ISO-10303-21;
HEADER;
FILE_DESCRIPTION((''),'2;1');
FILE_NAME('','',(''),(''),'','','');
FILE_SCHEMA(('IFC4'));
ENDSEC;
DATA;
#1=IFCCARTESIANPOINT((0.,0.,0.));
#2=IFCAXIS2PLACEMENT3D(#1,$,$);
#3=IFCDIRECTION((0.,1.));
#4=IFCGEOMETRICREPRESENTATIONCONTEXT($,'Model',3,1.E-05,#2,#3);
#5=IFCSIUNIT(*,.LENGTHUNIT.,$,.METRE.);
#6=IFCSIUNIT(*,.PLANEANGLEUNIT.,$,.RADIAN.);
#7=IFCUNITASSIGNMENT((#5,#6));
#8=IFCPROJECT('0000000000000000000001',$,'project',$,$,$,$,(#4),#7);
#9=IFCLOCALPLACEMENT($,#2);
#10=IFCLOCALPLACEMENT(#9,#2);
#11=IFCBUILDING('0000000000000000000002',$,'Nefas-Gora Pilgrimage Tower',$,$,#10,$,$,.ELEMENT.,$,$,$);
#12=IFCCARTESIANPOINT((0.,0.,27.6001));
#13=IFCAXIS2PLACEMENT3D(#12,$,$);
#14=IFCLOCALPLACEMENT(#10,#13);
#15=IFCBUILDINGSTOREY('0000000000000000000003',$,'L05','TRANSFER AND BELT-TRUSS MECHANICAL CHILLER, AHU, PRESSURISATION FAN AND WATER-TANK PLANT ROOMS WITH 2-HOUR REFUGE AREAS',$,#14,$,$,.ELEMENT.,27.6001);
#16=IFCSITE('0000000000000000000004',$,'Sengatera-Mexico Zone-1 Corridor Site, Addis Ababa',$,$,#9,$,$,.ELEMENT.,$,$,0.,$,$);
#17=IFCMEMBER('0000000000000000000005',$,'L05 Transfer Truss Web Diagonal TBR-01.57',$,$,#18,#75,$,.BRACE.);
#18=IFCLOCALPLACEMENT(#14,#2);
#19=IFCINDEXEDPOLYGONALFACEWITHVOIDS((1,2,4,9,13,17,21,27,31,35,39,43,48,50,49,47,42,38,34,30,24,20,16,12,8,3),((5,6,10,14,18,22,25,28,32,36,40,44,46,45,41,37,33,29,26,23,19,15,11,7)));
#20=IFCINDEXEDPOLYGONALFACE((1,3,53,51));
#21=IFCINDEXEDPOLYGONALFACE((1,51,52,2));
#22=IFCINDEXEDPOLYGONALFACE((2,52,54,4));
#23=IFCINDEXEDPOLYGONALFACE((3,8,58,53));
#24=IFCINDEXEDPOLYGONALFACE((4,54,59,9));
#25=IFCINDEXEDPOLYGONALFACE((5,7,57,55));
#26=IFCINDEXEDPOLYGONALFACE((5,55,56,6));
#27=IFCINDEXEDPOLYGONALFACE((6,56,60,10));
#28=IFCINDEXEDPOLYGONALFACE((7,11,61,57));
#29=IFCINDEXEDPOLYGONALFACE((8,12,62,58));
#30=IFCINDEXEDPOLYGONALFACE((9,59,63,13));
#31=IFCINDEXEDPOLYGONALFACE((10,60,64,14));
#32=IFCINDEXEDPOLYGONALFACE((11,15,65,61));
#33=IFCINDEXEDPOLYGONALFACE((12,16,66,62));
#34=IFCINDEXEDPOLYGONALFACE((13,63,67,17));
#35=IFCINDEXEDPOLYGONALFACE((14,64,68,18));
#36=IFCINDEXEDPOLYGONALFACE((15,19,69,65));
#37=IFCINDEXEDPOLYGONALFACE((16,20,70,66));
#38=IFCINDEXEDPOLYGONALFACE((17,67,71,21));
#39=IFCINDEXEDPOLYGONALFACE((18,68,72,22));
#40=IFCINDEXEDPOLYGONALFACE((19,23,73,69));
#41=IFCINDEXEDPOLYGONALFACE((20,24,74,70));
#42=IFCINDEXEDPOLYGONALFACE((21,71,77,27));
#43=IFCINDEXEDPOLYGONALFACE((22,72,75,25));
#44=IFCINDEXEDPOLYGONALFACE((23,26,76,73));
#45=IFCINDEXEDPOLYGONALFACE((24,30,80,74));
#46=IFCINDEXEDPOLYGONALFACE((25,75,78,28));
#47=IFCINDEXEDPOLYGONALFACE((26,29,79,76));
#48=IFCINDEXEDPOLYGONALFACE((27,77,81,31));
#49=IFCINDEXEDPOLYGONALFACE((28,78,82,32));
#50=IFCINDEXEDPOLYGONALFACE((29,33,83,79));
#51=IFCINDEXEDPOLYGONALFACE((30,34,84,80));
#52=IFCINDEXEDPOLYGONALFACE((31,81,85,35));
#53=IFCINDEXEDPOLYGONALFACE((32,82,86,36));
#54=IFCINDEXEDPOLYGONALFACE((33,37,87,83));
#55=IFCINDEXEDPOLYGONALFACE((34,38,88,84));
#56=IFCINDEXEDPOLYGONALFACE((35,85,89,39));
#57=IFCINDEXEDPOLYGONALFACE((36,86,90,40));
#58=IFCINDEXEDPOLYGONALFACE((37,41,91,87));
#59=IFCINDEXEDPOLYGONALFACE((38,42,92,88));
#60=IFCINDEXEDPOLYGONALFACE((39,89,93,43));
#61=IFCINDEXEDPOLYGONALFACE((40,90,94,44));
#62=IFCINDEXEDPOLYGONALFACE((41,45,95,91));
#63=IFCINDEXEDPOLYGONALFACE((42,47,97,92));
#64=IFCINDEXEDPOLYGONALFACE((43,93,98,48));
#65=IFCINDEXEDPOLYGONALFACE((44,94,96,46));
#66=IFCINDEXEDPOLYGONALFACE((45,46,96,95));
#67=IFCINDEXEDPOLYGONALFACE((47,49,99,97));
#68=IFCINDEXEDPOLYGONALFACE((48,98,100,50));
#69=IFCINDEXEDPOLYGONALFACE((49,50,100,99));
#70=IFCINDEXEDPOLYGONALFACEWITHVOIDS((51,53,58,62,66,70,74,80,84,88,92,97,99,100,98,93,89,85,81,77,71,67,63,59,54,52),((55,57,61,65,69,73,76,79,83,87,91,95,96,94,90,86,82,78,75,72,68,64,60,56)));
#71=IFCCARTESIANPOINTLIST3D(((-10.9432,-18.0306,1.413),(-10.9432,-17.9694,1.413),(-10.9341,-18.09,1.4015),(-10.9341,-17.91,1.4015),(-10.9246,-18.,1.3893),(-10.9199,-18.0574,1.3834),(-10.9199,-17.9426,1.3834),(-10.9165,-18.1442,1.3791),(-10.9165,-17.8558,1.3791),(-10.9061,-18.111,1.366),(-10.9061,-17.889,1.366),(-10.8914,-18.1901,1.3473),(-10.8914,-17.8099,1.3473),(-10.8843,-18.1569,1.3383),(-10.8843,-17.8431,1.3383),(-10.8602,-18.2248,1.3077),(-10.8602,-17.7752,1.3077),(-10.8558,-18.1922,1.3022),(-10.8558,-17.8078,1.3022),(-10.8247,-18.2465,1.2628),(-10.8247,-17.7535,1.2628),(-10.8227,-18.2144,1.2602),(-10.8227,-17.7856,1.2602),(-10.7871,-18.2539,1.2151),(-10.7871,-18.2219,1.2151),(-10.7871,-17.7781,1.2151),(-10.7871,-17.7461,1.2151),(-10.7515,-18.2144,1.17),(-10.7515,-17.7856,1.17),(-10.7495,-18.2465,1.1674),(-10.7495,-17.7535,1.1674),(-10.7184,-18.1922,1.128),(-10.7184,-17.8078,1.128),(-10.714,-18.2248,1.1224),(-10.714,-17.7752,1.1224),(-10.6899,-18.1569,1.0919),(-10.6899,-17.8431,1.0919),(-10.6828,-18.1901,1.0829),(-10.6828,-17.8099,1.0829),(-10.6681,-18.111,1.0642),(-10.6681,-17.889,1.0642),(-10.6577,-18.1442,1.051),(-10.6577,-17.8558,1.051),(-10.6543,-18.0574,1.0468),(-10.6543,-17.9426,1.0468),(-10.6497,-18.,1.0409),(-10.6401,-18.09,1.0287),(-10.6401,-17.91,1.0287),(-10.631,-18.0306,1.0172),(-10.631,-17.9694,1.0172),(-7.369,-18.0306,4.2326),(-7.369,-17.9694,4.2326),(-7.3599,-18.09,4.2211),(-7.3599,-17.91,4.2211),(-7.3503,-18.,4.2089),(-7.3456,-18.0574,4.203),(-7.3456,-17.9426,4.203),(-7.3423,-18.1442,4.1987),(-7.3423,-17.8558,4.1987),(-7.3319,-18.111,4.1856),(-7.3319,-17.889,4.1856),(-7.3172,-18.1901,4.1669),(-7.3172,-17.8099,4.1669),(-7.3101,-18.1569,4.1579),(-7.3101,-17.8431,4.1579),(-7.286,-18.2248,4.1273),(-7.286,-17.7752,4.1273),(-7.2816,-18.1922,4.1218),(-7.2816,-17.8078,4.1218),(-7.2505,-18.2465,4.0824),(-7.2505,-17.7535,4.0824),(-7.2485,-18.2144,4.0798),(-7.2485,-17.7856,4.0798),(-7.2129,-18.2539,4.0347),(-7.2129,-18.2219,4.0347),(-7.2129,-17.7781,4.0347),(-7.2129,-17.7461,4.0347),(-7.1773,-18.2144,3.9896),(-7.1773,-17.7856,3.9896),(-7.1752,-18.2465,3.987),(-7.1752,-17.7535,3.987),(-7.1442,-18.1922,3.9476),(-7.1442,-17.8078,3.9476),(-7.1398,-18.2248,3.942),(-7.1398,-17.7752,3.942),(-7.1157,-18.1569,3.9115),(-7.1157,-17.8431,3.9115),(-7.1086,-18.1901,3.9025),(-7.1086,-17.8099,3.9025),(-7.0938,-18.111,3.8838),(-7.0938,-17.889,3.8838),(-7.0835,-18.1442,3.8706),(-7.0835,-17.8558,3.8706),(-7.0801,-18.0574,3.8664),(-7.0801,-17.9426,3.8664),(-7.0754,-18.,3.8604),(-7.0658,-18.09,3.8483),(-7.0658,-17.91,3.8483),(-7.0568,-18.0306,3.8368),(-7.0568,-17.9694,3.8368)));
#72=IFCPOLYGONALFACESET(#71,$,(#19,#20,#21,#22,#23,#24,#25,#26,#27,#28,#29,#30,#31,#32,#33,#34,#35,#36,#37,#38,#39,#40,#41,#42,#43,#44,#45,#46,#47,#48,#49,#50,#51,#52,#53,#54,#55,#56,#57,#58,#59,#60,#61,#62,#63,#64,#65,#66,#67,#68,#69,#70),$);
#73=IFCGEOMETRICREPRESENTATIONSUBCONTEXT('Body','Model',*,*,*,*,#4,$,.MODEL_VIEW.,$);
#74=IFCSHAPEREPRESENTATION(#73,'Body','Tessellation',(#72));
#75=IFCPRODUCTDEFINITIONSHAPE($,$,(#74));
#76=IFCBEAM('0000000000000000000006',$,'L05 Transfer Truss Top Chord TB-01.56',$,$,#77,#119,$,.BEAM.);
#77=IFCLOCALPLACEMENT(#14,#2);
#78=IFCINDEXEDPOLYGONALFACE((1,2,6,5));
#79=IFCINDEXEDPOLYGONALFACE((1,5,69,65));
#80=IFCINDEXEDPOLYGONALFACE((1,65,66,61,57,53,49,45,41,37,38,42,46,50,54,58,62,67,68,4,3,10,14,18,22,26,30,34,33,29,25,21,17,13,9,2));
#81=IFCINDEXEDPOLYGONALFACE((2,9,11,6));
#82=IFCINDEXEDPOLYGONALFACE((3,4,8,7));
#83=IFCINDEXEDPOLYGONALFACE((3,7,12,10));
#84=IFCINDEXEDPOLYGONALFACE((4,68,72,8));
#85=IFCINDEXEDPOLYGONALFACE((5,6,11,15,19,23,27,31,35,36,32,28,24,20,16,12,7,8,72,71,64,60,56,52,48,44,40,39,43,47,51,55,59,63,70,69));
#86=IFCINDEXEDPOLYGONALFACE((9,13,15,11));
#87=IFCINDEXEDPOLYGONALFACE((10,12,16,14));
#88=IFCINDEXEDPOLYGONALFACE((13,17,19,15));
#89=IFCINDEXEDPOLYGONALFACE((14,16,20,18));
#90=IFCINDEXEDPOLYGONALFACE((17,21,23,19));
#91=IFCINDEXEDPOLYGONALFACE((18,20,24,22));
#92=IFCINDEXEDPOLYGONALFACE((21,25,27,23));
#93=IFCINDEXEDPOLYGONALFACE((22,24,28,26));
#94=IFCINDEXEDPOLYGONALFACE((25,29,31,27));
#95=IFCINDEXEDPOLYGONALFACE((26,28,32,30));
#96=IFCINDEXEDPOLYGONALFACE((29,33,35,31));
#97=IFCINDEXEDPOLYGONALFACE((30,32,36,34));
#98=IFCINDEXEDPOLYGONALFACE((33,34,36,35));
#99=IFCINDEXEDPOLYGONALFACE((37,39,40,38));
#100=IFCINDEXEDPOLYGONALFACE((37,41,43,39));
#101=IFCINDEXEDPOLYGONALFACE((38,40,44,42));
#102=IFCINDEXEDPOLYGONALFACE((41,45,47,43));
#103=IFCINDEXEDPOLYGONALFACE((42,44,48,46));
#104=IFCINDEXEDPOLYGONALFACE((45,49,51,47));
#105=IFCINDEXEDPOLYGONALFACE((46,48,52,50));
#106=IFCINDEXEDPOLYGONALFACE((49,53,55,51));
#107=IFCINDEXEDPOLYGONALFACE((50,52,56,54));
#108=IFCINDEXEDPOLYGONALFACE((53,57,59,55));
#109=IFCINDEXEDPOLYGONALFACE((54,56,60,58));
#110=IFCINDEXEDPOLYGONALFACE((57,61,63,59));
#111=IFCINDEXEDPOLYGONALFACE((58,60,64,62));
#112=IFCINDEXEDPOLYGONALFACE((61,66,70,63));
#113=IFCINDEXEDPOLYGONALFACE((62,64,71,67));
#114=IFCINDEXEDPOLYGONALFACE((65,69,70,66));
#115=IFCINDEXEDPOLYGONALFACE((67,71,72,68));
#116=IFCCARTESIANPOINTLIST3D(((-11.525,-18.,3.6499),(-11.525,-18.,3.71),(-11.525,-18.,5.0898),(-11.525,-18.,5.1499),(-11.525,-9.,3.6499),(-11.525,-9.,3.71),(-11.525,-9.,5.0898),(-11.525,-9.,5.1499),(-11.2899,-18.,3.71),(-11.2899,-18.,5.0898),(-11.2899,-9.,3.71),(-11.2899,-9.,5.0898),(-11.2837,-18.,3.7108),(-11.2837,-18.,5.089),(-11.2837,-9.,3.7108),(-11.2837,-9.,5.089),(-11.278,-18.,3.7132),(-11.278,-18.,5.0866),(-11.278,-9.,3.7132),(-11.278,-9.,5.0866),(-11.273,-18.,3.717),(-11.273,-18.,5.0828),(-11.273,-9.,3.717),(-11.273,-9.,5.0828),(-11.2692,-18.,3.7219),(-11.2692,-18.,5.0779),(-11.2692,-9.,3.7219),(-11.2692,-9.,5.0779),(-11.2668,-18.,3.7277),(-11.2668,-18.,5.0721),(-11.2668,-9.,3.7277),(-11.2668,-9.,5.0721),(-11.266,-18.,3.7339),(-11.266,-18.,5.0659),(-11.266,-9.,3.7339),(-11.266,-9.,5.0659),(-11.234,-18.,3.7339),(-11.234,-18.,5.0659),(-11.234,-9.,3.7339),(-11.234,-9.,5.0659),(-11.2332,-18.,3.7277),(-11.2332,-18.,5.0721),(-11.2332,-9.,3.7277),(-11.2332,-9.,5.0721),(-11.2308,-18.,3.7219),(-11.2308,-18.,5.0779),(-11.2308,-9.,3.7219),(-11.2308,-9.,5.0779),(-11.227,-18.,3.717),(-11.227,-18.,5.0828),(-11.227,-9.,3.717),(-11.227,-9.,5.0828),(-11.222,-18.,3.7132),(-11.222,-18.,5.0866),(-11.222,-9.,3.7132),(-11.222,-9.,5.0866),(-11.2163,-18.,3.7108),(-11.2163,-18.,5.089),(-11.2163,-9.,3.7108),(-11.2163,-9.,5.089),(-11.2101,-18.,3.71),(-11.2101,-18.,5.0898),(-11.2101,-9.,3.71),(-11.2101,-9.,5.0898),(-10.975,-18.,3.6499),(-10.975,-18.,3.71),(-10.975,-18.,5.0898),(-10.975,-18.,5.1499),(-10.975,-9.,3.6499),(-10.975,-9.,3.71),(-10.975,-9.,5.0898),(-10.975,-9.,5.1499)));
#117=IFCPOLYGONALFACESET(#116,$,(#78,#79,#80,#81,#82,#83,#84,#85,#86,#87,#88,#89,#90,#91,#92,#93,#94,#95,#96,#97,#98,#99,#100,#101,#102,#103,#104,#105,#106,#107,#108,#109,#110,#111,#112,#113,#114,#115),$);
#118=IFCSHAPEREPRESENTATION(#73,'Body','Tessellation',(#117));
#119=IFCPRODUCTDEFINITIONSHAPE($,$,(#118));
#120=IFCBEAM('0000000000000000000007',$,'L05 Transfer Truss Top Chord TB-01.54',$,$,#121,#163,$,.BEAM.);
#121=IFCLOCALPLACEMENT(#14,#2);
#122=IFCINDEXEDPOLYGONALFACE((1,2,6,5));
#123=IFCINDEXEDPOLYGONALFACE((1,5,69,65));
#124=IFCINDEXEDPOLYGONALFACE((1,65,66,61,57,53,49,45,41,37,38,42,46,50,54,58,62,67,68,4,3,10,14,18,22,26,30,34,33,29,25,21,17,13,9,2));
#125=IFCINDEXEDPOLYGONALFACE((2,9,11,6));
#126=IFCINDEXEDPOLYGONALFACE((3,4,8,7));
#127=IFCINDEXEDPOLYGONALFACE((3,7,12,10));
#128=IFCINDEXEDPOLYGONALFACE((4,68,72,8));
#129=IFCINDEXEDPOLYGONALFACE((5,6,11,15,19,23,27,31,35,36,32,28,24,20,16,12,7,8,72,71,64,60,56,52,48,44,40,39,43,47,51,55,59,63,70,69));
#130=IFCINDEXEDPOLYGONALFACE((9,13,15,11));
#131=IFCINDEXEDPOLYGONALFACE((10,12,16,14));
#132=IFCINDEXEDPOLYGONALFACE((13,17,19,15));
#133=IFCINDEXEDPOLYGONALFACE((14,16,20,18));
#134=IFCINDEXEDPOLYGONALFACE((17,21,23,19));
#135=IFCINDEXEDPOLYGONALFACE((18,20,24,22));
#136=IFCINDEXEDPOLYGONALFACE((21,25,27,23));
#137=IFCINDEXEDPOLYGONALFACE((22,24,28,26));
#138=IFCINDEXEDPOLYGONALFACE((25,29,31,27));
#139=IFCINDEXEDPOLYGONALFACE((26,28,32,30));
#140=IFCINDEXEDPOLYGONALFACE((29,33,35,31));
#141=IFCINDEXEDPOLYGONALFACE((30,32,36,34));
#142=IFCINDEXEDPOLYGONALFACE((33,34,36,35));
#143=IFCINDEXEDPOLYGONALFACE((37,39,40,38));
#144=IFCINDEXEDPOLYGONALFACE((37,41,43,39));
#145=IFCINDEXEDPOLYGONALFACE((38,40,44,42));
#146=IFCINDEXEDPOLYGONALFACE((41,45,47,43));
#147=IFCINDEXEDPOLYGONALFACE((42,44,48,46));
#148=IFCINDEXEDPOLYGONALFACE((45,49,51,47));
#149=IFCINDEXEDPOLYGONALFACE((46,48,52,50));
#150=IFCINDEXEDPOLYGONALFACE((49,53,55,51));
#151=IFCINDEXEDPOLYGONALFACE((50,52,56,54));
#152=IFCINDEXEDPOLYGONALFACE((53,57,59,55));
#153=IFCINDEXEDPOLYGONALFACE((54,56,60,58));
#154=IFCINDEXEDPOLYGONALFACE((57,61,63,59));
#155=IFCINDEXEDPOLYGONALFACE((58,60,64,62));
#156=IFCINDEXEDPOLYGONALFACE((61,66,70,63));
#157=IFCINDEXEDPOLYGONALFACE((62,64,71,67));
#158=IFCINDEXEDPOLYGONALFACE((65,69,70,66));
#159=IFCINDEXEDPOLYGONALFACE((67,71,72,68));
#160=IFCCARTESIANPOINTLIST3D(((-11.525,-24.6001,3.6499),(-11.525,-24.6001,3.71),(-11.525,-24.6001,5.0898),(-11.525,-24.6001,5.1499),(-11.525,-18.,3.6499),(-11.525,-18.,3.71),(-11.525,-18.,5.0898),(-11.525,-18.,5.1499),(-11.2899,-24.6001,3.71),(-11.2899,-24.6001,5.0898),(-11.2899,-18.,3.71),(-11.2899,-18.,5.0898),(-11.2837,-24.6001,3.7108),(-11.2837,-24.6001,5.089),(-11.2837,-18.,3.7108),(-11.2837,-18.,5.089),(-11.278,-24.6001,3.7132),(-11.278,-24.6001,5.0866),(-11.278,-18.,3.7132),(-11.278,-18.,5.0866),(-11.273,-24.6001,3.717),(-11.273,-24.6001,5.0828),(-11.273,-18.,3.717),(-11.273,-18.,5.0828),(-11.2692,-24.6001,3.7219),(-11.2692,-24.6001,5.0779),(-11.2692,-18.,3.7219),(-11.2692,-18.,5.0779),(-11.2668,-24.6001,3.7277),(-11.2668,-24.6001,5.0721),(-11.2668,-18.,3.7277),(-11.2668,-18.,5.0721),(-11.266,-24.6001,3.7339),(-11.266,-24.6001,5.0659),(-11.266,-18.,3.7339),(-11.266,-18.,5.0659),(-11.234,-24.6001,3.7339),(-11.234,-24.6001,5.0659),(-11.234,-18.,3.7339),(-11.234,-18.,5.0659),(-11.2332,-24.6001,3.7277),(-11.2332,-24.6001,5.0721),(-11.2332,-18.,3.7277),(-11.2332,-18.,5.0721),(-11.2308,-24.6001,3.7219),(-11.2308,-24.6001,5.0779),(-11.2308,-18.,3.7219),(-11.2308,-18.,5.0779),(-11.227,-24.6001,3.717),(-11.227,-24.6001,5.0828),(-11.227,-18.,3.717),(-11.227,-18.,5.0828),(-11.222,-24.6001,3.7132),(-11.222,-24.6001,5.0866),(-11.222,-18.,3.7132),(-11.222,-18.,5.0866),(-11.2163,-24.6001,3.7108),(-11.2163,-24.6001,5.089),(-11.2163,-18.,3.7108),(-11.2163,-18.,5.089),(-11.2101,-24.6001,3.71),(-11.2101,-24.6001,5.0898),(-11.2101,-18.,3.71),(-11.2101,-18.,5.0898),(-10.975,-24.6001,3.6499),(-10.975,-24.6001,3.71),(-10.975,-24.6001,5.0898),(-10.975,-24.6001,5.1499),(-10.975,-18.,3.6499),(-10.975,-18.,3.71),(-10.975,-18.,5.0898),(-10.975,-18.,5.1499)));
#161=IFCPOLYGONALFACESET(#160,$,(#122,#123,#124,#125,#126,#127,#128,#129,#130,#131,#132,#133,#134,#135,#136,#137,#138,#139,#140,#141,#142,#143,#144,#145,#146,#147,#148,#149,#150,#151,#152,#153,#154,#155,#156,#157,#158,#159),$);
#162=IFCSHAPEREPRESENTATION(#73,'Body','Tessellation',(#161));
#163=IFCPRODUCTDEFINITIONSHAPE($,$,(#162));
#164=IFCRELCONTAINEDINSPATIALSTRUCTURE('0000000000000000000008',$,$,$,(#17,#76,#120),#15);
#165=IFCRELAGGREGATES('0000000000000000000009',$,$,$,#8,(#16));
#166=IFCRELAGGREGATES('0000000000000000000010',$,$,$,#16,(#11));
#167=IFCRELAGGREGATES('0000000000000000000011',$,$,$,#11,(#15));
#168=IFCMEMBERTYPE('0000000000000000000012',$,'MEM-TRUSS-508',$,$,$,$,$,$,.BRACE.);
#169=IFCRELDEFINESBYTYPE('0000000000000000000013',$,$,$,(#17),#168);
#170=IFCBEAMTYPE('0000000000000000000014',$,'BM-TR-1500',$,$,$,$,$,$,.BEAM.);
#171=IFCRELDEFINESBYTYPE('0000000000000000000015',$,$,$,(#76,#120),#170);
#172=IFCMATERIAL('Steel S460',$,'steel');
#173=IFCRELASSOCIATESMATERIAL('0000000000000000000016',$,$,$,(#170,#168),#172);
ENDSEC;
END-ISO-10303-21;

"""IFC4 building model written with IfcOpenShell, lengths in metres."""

from ifc_helpers import new_model, si_unit, direction, frame, origin, origin_2d, place, context, subcontext, project, spatial, hollow_circle, i_section, extrude, source, transform, mapped, material, material_profile, profile_set, type_object, element, save


model = new_model("IFC4")

# Units and contexts
model_context = context("Model", 3, precision=1e-05, world=origin(), true_north=direction((0.0, 1.0)))
body_context = subcontext(model_context, "Body", "Model", "MODEL_VIEW")
ifc_project = project(units=[si_unit("LENGTHUNIT", "METRE"), si_unit("PLANEANGLEUNIT", "RADIAN")], contexts=[model_context])

# Site, building, storey
site_placement = place(None, origin())
site = spatial("IfcSite", under=ifc_project, at=site_placement, Name="Sengatera-Mexico Zone-1 Corridor Site, Addis Ababa", CompositionType="ELEMENT", RefElevation=0.0)
building_placement = place(site_placement, origin())
building = spatial("IfcBuilding", under=site, at=building_placement, Name="Nefas-Gora Pilgrimage Tower", CompositionType="ELEMENT")
storey_placement = place(building_placement, frame((0.0, 0.0, 27.6001)))
storey = spatial("IfcBuildingStorey", under=building, at=storey_placement, Name="L05", Description="TRANSFER AND BELT-TRUSS MECHANICAL CHILLER, AHU, PRESSURISATION FAN AND WATER-TANK PLANT ROOMS WITH 2-HOUR REFUGE AREAS", CompositionType="ELEMENT", Elevation=27.6001)

# Shared definitions
ifc_material_1 = material(Name="Steel S460", Category="steel")

# Shared definitions
ifc_material_profile_1 = material_profile(ifc_material_1, i_section(OverallWidth=0.55, OverallDepth=1.5, WebThickness=0.032, FlangeThickness=0.0601, FilletRadius=0.0239, at=origin_2d()), Name="WPG 1500x550x32x60")
ifc_profile_set_1 = profile_set([ifc_material_profile_1], Name="Steel S460")
beam_type_1 = type_object("IfcBeamType", Name="BM-TR-1500", PredefinedType="BEAM", material=ifc_profile_set_1)

# Member
ifc_material_profile_2 = material_profile(ifc_material_1, hollow_circle(Radius=0.2539, WallThickness=0.032, at=origin_2d()), Name="CHS 508x32")
ifc_profile_set_2 = profile_set([ifc_material_profile_2], Name="Steel S460")
member_type = type_object("IfcMemberType", Name="MEM-TRUSS-508", PredefinedType="BRACE", material=ifc_profile_set_2)
shared_shape_1 = source(origin(), body_context, "Body", "SweptSolid", [
    extrude(hollow_circle(Radius=0.2539, WallThickness=0.032, at=origin_2d()), origin(), (0.0, 0.0, 1.0), 4.5525),
])
member_1_placement = place(storey_placement, frame((-10.7871, -18.0, 1.2151), z_axis=(0.785115, 0.0, 0.61935), x_axis=(0.0, 1.0, 0.0)))
element("IfcMember", 1, at=member_1_placement, inside=storey, type_object=member_type, Name="L05 Transfer Truss Web Diagonal TBR-01.57", PredefinedType="BRACE", context=body_context, shape_type="MappedRepresentation", body=[
    mapped(shared_shape_1, transform((0.0, 0.0, 0.0), x_axis=(1.0, 0.0, 0.0), y_axis=(0.0, 1.0, 0.0), z_axis=(0.0, 0.0, 1.0), scale=1.0)),
])

# Beams
shared_shape_2 = source(origin(), body_context, "Body", "SweptSolid", [
    extrude(i_section(OverallWidth=0.55, OverallDepth=1.5, WebThickness=0.032, FlangeThickness=0.0601, FilletRadius=0.0239, at=origin_2d()), origin(), (0.0, 0.0, 1.0), 9.0),
])
beam_1_placement = place(storey_placement, frame((-11.25, -18.0, 4.3999), z_axis=(0.0, 1.0, 0.0), x_axis=(-1.0, 0.0, 0.0)))
element("IfcBeam", 2, at=beam_1_placement, inside=storey, type_object=beam_type_1, Name="L05 Transfer Truss Top Chord TB-01.56", PredefinedType="BEAM", context=body_context, shape_type="MappedRepresentation", body=[
    mapped(shared_shape_2, transform((0.0, 0.0, 0.0), x_axis=(1.0, 0.0, 0.0), y_axis=(0.0, 1.0, 0.0), z_axis=(0.0, 0.0, 1.0), scale=1.0)),
])
shared_shape_3 = source(origin(), body_context, "Body", "SweptSolid", [
    extrude(i_section(OverallWidth=0.55, OverallDepth=1.5, WebThickness=0.032, FlangeThickness=0.0601, FilletRadius=0.0239, at=origin_2d()), origin(), (0.0, 0.0, 1.0), 6.6001),
])
beam_2_placement = place(storey_placement, frame((-11.25, -24.6001, 4.3999), z_axis=(0.0, 1.0, 0.0), x_axis=(-1.0, 0.0, 0.0)))
element("IfcBeam", 3, at=beam_2_placement, inside=storey, type_object=beam_type_1, Name="L05 Transfer Truss Top Chord TB-01.54", PredefinedType="BEAM", context=body_context, shape_type="MappedRepresentation", body=[
    mapped(shared_shape_3, transform((0.0, 0.0, 0.0), x_axis=(1.0, 0.0, 0.0), y_axis=(0.0, 1.0, 0.0), z_axis=(0.0, 0.0, 1.0), scale=1.0)),
])

save(model, "model.ifc")
